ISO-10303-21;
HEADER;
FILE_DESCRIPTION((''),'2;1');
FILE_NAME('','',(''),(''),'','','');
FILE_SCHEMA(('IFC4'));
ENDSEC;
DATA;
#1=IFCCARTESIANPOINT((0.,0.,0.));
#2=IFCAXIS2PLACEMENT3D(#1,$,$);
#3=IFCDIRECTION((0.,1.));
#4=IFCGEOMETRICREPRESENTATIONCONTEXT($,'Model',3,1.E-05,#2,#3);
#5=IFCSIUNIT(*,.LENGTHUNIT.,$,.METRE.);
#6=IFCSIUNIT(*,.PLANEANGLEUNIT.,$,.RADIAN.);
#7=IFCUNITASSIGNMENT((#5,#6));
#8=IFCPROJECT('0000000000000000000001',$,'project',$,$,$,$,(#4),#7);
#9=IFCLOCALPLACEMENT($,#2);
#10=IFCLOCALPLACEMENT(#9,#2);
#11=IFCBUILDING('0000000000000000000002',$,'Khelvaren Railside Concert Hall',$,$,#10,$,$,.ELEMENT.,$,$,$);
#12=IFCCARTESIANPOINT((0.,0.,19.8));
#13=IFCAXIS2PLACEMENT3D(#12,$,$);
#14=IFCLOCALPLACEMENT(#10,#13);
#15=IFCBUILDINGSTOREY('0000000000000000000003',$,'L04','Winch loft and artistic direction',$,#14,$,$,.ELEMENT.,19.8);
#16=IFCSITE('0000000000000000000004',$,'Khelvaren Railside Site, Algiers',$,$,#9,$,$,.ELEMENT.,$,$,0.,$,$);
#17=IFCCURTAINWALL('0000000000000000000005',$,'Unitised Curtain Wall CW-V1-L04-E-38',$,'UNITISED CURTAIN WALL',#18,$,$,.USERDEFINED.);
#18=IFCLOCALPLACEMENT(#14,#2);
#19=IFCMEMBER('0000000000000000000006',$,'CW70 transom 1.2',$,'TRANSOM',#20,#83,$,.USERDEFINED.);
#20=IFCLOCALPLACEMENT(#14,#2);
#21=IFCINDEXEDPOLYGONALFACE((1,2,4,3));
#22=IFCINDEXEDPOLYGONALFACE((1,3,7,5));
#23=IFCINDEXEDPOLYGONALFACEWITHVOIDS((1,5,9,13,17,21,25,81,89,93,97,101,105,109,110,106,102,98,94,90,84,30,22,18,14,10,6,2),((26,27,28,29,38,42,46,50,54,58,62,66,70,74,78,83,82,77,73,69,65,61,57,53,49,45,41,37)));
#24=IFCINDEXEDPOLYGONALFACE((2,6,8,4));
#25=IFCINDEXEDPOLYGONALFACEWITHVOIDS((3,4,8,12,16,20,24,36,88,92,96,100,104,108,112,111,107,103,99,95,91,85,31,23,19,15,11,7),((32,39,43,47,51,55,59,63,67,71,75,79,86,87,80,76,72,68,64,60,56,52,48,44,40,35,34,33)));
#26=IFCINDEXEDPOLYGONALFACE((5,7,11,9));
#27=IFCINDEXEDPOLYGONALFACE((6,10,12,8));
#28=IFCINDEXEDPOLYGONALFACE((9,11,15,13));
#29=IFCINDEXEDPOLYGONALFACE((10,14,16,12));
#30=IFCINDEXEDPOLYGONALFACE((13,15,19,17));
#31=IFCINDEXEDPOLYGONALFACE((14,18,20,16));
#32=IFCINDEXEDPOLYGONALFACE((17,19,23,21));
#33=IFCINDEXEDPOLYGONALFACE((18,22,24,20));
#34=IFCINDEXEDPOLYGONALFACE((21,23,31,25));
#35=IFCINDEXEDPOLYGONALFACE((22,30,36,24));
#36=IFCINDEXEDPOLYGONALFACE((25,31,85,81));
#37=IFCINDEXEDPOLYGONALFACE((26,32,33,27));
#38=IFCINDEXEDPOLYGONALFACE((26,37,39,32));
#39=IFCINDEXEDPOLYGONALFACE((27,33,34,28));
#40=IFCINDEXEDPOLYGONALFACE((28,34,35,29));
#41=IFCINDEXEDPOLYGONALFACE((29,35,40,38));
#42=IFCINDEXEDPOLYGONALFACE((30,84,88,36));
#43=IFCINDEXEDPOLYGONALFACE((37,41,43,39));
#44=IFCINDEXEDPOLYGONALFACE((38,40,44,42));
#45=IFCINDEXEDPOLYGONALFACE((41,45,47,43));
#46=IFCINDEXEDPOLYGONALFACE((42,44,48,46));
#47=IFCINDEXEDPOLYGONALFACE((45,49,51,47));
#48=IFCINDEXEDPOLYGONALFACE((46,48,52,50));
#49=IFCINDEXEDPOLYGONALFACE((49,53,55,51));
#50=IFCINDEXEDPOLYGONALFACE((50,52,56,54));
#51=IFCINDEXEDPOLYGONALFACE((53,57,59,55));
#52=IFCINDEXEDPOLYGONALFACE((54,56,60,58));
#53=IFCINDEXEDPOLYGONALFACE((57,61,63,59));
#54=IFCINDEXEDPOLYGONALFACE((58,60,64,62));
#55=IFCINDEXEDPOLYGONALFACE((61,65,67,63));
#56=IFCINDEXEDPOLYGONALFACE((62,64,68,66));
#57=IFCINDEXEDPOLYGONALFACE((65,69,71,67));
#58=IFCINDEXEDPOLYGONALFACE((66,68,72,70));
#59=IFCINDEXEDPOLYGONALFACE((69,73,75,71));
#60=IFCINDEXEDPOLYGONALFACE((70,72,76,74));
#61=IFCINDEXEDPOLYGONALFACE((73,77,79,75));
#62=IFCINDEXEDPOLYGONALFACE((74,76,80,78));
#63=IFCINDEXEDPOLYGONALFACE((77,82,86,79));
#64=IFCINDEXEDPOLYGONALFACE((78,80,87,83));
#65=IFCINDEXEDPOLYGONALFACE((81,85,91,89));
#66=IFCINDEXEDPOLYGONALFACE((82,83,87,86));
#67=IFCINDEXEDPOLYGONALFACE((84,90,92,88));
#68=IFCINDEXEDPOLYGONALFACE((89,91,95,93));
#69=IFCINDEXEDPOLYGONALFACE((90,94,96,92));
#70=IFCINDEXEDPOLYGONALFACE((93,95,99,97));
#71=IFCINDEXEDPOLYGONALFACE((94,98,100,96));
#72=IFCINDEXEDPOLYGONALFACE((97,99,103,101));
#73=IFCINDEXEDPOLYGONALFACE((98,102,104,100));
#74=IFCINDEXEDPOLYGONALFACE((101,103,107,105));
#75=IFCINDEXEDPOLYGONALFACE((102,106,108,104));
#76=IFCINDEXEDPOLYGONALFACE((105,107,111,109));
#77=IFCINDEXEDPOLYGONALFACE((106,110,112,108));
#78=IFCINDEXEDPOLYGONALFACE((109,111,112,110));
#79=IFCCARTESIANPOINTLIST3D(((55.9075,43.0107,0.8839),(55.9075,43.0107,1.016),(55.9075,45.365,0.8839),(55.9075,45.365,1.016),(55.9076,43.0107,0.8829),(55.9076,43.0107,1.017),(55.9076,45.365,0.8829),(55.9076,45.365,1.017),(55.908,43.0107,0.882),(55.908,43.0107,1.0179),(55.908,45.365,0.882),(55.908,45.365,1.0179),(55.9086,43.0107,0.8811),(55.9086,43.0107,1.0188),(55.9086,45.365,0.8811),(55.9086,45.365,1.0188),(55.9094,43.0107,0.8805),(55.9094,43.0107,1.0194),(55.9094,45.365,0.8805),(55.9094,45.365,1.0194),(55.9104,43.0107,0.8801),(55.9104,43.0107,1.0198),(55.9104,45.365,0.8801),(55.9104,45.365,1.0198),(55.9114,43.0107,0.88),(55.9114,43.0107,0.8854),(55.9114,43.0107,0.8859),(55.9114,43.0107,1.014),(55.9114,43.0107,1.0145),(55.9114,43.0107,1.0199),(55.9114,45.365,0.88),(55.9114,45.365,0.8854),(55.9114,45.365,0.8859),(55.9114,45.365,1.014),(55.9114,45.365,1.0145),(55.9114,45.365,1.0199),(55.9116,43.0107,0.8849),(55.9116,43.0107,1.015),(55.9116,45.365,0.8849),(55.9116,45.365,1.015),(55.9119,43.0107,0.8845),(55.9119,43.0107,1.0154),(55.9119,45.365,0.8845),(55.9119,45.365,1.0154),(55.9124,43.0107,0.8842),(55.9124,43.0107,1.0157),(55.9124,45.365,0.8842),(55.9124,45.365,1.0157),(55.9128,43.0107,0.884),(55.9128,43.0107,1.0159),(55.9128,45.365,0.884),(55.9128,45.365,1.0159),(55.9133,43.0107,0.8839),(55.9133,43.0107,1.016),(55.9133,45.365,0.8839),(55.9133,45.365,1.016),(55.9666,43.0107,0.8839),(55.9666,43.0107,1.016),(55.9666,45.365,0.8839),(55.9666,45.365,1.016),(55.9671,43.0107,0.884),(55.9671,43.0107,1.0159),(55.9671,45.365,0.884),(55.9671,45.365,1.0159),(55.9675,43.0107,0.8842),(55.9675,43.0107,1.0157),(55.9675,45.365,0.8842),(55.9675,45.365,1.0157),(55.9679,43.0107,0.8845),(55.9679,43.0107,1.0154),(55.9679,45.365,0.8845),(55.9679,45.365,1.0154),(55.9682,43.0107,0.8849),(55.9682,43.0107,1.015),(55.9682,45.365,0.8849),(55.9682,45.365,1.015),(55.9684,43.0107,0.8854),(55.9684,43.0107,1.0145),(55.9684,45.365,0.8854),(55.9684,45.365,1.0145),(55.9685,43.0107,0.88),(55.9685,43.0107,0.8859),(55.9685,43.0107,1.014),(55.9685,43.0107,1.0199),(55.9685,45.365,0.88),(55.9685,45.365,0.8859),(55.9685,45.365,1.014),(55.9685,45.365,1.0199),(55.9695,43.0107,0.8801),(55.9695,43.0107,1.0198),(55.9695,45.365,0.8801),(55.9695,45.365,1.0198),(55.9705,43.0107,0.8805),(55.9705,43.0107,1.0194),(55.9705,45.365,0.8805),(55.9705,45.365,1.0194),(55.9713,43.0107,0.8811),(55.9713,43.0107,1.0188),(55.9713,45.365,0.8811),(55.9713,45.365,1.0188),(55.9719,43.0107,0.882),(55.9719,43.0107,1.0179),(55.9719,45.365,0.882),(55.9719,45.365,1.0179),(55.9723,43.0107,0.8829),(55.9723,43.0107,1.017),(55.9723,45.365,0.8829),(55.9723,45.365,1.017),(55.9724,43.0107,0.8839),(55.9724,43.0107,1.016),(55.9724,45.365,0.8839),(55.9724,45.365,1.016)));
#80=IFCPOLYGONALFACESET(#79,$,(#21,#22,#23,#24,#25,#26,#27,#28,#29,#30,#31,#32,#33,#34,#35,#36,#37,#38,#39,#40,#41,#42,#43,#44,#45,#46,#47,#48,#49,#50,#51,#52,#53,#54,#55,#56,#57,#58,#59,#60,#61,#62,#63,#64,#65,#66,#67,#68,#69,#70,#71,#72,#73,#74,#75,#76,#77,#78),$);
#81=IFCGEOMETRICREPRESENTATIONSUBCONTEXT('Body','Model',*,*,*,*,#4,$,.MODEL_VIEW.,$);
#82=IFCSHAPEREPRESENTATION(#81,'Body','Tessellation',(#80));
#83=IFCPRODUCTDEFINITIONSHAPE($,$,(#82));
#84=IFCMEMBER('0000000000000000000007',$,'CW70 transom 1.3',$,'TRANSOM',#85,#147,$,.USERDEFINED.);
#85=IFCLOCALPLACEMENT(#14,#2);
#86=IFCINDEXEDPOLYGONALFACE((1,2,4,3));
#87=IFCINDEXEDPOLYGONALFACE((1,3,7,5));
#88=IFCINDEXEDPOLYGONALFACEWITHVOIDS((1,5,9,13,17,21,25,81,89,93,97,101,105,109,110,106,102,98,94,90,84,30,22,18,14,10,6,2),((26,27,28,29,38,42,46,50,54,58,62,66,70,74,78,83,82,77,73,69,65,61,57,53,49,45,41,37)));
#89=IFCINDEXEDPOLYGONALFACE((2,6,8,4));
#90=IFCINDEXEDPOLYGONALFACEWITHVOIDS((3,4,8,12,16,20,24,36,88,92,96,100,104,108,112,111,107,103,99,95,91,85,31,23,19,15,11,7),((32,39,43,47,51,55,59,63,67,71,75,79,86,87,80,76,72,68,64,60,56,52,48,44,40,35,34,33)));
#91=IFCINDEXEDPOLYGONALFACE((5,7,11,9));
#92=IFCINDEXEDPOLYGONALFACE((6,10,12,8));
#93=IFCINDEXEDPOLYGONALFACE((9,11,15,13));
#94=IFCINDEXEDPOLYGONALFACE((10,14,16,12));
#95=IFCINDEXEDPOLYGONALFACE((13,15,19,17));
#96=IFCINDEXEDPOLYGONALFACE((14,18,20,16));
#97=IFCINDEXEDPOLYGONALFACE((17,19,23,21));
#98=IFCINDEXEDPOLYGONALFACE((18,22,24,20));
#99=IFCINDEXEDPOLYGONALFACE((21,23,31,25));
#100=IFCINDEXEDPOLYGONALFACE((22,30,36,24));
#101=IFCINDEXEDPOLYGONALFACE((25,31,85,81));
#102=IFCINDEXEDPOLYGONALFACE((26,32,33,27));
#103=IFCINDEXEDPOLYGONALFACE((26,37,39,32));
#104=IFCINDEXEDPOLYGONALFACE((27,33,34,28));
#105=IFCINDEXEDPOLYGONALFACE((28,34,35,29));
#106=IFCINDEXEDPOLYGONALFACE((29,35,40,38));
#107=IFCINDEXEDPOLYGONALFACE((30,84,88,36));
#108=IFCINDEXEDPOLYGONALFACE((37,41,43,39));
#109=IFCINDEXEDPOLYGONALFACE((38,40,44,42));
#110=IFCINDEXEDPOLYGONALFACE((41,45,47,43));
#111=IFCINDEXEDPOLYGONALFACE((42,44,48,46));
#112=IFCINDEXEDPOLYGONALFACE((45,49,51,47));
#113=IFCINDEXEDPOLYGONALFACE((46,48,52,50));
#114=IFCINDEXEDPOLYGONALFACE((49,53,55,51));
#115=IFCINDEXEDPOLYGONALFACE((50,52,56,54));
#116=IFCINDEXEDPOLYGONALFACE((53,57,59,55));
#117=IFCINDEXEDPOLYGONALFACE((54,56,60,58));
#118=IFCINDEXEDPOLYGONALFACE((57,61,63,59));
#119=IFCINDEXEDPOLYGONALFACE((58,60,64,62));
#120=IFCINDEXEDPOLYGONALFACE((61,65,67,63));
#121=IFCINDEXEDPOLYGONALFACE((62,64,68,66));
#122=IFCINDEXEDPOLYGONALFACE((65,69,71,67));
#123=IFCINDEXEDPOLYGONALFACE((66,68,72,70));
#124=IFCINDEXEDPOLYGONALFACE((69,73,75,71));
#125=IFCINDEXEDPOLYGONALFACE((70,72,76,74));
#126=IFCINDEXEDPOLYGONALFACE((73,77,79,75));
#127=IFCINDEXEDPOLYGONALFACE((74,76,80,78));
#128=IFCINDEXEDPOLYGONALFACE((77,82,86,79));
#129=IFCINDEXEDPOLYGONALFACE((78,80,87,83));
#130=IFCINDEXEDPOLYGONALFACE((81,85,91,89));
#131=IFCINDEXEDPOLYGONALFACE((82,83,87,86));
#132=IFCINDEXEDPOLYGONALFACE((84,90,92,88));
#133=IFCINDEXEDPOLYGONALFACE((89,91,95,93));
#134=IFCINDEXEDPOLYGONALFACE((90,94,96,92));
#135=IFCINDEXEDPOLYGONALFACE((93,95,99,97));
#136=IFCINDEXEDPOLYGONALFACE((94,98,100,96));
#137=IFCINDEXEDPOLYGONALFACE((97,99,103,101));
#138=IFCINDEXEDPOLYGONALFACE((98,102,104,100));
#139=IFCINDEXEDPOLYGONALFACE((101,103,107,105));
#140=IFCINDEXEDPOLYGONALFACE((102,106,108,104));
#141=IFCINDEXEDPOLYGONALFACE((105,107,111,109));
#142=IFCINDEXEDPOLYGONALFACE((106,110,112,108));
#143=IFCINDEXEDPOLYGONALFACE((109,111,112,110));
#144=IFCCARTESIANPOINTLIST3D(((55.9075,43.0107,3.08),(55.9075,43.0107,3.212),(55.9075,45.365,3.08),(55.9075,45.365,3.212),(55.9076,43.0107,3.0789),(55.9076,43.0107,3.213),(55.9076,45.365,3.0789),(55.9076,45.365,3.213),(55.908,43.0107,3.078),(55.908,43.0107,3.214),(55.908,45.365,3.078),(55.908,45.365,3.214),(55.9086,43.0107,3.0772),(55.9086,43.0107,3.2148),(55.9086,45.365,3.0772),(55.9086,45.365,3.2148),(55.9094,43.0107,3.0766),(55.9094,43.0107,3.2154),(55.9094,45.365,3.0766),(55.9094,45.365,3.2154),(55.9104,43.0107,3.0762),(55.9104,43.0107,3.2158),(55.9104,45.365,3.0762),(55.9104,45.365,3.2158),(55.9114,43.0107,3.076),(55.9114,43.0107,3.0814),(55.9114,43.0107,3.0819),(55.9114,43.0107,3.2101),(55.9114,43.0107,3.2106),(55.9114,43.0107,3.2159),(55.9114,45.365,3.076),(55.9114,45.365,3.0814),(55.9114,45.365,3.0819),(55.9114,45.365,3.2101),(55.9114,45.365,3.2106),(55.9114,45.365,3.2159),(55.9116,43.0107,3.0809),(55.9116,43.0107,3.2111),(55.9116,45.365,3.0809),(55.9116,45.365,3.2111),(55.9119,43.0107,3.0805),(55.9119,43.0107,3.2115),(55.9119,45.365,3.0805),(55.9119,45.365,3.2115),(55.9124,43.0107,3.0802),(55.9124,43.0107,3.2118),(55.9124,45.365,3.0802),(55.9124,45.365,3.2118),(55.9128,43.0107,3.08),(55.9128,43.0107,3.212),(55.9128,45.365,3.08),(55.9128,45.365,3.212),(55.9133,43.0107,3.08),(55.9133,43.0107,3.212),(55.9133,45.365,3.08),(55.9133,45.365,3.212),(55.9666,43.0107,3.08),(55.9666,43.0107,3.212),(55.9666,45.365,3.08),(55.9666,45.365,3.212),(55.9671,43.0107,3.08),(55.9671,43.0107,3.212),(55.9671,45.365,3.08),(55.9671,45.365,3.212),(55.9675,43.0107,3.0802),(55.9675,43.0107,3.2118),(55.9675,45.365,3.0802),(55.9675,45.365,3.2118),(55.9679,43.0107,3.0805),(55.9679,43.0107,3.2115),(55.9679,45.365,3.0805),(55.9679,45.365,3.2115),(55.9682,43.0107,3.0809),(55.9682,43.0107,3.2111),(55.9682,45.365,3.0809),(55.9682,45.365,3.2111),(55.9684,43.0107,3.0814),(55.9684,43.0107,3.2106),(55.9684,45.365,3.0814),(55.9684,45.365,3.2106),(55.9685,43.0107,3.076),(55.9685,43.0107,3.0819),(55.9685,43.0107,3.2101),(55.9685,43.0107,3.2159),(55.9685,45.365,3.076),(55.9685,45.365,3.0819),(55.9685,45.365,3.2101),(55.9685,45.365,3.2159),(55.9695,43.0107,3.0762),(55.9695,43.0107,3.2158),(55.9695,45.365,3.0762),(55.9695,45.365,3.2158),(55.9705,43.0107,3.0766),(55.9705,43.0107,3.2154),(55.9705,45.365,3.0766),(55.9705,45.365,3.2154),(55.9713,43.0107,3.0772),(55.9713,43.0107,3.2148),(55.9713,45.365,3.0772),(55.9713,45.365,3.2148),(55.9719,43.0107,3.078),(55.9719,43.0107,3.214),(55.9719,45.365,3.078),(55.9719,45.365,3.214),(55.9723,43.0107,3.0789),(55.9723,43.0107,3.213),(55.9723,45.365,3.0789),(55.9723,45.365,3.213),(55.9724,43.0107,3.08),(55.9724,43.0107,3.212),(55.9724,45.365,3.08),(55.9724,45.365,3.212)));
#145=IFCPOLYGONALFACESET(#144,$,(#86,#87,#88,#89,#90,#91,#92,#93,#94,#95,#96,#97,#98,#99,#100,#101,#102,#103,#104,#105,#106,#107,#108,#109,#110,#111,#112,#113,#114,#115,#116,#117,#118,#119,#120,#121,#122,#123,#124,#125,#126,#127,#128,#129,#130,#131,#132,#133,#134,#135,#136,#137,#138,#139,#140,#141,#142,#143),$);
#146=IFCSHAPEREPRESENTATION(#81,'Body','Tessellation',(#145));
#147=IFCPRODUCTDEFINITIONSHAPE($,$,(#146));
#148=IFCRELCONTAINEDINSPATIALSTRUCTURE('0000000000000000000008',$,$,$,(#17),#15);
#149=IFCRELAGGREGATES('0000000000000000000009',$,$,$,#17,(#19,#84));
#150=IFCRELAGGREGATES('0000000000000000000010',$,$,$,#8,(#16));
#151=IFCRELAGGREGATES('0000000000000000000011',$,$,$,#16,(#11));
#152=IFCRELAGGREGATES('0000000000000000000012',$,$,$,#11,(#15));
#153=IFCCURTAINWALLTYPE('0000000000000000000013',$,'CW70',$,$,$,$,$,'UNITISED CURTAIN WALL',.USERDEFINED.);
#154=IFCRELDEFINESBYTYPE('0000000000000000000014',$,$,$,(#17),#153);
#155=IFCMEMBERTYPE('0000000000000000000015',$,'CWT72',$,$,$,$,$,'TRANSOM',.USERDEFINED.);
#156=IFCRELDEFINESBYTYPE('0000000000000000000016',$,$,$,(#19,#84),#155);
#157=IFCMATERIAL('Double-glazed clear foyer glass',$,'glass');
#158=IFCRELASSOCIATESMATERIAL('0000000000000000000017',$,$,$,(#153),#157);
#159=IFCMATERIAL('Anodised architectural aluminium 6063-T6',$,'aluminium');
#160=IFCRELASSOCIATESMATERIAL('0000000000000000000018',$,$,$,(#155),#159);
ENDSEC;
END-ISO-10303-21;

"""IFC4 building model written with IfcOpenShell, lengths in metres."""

from ifc_helpers import new_model, si_unit, direction, frame, origin, origin_2d, place, context, subcontext, project, spatial, hollow_rectangle, extrude, material, material_profile, profile_set, type_object, element, aggregate, save


model = new_model("IFC4")

# Units and contexts
model_context = context("Model", 3, precision=1e-05, world=origin(), true_north=direction((0.0, 1.0)))
body_context = subcontext(model_context, "Body", "Model", "MODEL_VIEW")
ifc_project = project(units=[si_unit("LENGTHUNIT", "METRE"), si_unit("PLANEANGLEUNIT", "RADIAN")], contexts=[model_context])

# Site, building, storey
site_placement = place(None, origin())
site = spatial("IfcSite", under=ifc_project, at=site_placement, Name="Khelvaren Railside Site, Algiers", CompositionType="ELEMENT", RefElevation=0.0)
building_placement = place(site_placement, origin())
building = spatial("IfcBuilding", under=site, at=building_placement, Name="Khelvaren Railside Concert Hall", CompositionType="ELEMENT")
storey_placement = place(building_placement, frame((0.0, 0.0, 19.8)))
storey = spatial("IfcBuildingStorey", under=building, at=storey_placement, Name="L04", Description="Winch loft and artistic direction", CompositionType="ELEMENT", Elevation=19.8)

# Curtain wall
ifc_material_1 = material(Name="Double-glazed clear foyer glass", Category="glass")
ifc_material_2 = material(Name="Anodised architectural aluminium 6063-T6", Category="aluminium")
curtain_wall_type_1 = type_object("IfcCurtainWallType", Name="CW70", ElementType="UNITISED CURTAIN WALL", PredefinedType="USERDEFINED", material=ifc_material_1)
curtain_wall_1_placement = place(storey_placement, origin())
curtain_wall_1 = element("IfcCurtainWall", 1, at=curtain_wall_1_placement, inside=storey, type_object=curtain_wall_type_1, Name="Unitised Curtain Wall CW-V1-L04-E-38", ObjectType="UNITISED CURTAIN WALL", PredefinedType="USERDEFINED")

# Members
ifc_material_profile_1 = material_profile(ifc_material_2, hollow_rectangle(XDim=0.0649, YDim=0.1399, WallThickness=0.0039, InnerFilletRadius=0.002, OuterFilletRadius=0.0039, at=origin_2d()), Name="CWT 65x140x4")
ifc_profile_set_1 = profile_set([ifc_material_profile_1], Name="Anodised architectural aluminium 6063-T6")
member_type_1 = type_object("IfcMemberType", Name="CWT72", ElementType="TRANSOM", PredefinedType="USERDEFINED", material=ifc_profile_set_1)
member_1_placement = place(storey_placement, frame((55.9399, 45.365, 0.95), z_axis=(0.0, -1.0, 0.0), x_axis=(1.0, 0.0, 0.0)))
member_1 = element("IfcMember", 2, at=member_1_placement, type_object=member_type_1, Name="CW70 transom 1.2", ObjectType="TRANSOM", PredefinedType="USERDEFINED", context=body_context, shape_type="SweptSolid", body=[
    extrude(hollow_rectangle(XDim=0.0649, YDim=0.1399, WallThickness=0.0039, InnerFilletRadius=0.002, OuterFilletRadius=0.0039, at=origin_2d()), origin(), (0.0, 0.0, 1.0), 2.3542),
])
member_2_placement = place(storey_placement, frame((55.9399, 45.365, 3.146), z_axis=(0.0, -1.0, 0.0), x_axis=(1.0, 0.0, 0.0)))
member_2 = element("IfcMember", 3, at=member_2_placement, type_object=member_type_1, Name="CW70 transom 1.3", ObjectType="TRANSOM", PredefinedType="USERDEFINED", context=body_context, shape_type="SweptSolid", body=[
    extrude(hollow_rectangle(XDim=0.0649, YDim=0.1399, WallThickness=0.0039, InnerFilletRadius=0.002, OuterFilletRadius=0.0039, at=origin_2d()), origin(), (0.0, 0.0, 1.0), 2.3542),
])

aggregate(curtain_wall_1, [member_1, member_2])

save(model, "model.ifc")
